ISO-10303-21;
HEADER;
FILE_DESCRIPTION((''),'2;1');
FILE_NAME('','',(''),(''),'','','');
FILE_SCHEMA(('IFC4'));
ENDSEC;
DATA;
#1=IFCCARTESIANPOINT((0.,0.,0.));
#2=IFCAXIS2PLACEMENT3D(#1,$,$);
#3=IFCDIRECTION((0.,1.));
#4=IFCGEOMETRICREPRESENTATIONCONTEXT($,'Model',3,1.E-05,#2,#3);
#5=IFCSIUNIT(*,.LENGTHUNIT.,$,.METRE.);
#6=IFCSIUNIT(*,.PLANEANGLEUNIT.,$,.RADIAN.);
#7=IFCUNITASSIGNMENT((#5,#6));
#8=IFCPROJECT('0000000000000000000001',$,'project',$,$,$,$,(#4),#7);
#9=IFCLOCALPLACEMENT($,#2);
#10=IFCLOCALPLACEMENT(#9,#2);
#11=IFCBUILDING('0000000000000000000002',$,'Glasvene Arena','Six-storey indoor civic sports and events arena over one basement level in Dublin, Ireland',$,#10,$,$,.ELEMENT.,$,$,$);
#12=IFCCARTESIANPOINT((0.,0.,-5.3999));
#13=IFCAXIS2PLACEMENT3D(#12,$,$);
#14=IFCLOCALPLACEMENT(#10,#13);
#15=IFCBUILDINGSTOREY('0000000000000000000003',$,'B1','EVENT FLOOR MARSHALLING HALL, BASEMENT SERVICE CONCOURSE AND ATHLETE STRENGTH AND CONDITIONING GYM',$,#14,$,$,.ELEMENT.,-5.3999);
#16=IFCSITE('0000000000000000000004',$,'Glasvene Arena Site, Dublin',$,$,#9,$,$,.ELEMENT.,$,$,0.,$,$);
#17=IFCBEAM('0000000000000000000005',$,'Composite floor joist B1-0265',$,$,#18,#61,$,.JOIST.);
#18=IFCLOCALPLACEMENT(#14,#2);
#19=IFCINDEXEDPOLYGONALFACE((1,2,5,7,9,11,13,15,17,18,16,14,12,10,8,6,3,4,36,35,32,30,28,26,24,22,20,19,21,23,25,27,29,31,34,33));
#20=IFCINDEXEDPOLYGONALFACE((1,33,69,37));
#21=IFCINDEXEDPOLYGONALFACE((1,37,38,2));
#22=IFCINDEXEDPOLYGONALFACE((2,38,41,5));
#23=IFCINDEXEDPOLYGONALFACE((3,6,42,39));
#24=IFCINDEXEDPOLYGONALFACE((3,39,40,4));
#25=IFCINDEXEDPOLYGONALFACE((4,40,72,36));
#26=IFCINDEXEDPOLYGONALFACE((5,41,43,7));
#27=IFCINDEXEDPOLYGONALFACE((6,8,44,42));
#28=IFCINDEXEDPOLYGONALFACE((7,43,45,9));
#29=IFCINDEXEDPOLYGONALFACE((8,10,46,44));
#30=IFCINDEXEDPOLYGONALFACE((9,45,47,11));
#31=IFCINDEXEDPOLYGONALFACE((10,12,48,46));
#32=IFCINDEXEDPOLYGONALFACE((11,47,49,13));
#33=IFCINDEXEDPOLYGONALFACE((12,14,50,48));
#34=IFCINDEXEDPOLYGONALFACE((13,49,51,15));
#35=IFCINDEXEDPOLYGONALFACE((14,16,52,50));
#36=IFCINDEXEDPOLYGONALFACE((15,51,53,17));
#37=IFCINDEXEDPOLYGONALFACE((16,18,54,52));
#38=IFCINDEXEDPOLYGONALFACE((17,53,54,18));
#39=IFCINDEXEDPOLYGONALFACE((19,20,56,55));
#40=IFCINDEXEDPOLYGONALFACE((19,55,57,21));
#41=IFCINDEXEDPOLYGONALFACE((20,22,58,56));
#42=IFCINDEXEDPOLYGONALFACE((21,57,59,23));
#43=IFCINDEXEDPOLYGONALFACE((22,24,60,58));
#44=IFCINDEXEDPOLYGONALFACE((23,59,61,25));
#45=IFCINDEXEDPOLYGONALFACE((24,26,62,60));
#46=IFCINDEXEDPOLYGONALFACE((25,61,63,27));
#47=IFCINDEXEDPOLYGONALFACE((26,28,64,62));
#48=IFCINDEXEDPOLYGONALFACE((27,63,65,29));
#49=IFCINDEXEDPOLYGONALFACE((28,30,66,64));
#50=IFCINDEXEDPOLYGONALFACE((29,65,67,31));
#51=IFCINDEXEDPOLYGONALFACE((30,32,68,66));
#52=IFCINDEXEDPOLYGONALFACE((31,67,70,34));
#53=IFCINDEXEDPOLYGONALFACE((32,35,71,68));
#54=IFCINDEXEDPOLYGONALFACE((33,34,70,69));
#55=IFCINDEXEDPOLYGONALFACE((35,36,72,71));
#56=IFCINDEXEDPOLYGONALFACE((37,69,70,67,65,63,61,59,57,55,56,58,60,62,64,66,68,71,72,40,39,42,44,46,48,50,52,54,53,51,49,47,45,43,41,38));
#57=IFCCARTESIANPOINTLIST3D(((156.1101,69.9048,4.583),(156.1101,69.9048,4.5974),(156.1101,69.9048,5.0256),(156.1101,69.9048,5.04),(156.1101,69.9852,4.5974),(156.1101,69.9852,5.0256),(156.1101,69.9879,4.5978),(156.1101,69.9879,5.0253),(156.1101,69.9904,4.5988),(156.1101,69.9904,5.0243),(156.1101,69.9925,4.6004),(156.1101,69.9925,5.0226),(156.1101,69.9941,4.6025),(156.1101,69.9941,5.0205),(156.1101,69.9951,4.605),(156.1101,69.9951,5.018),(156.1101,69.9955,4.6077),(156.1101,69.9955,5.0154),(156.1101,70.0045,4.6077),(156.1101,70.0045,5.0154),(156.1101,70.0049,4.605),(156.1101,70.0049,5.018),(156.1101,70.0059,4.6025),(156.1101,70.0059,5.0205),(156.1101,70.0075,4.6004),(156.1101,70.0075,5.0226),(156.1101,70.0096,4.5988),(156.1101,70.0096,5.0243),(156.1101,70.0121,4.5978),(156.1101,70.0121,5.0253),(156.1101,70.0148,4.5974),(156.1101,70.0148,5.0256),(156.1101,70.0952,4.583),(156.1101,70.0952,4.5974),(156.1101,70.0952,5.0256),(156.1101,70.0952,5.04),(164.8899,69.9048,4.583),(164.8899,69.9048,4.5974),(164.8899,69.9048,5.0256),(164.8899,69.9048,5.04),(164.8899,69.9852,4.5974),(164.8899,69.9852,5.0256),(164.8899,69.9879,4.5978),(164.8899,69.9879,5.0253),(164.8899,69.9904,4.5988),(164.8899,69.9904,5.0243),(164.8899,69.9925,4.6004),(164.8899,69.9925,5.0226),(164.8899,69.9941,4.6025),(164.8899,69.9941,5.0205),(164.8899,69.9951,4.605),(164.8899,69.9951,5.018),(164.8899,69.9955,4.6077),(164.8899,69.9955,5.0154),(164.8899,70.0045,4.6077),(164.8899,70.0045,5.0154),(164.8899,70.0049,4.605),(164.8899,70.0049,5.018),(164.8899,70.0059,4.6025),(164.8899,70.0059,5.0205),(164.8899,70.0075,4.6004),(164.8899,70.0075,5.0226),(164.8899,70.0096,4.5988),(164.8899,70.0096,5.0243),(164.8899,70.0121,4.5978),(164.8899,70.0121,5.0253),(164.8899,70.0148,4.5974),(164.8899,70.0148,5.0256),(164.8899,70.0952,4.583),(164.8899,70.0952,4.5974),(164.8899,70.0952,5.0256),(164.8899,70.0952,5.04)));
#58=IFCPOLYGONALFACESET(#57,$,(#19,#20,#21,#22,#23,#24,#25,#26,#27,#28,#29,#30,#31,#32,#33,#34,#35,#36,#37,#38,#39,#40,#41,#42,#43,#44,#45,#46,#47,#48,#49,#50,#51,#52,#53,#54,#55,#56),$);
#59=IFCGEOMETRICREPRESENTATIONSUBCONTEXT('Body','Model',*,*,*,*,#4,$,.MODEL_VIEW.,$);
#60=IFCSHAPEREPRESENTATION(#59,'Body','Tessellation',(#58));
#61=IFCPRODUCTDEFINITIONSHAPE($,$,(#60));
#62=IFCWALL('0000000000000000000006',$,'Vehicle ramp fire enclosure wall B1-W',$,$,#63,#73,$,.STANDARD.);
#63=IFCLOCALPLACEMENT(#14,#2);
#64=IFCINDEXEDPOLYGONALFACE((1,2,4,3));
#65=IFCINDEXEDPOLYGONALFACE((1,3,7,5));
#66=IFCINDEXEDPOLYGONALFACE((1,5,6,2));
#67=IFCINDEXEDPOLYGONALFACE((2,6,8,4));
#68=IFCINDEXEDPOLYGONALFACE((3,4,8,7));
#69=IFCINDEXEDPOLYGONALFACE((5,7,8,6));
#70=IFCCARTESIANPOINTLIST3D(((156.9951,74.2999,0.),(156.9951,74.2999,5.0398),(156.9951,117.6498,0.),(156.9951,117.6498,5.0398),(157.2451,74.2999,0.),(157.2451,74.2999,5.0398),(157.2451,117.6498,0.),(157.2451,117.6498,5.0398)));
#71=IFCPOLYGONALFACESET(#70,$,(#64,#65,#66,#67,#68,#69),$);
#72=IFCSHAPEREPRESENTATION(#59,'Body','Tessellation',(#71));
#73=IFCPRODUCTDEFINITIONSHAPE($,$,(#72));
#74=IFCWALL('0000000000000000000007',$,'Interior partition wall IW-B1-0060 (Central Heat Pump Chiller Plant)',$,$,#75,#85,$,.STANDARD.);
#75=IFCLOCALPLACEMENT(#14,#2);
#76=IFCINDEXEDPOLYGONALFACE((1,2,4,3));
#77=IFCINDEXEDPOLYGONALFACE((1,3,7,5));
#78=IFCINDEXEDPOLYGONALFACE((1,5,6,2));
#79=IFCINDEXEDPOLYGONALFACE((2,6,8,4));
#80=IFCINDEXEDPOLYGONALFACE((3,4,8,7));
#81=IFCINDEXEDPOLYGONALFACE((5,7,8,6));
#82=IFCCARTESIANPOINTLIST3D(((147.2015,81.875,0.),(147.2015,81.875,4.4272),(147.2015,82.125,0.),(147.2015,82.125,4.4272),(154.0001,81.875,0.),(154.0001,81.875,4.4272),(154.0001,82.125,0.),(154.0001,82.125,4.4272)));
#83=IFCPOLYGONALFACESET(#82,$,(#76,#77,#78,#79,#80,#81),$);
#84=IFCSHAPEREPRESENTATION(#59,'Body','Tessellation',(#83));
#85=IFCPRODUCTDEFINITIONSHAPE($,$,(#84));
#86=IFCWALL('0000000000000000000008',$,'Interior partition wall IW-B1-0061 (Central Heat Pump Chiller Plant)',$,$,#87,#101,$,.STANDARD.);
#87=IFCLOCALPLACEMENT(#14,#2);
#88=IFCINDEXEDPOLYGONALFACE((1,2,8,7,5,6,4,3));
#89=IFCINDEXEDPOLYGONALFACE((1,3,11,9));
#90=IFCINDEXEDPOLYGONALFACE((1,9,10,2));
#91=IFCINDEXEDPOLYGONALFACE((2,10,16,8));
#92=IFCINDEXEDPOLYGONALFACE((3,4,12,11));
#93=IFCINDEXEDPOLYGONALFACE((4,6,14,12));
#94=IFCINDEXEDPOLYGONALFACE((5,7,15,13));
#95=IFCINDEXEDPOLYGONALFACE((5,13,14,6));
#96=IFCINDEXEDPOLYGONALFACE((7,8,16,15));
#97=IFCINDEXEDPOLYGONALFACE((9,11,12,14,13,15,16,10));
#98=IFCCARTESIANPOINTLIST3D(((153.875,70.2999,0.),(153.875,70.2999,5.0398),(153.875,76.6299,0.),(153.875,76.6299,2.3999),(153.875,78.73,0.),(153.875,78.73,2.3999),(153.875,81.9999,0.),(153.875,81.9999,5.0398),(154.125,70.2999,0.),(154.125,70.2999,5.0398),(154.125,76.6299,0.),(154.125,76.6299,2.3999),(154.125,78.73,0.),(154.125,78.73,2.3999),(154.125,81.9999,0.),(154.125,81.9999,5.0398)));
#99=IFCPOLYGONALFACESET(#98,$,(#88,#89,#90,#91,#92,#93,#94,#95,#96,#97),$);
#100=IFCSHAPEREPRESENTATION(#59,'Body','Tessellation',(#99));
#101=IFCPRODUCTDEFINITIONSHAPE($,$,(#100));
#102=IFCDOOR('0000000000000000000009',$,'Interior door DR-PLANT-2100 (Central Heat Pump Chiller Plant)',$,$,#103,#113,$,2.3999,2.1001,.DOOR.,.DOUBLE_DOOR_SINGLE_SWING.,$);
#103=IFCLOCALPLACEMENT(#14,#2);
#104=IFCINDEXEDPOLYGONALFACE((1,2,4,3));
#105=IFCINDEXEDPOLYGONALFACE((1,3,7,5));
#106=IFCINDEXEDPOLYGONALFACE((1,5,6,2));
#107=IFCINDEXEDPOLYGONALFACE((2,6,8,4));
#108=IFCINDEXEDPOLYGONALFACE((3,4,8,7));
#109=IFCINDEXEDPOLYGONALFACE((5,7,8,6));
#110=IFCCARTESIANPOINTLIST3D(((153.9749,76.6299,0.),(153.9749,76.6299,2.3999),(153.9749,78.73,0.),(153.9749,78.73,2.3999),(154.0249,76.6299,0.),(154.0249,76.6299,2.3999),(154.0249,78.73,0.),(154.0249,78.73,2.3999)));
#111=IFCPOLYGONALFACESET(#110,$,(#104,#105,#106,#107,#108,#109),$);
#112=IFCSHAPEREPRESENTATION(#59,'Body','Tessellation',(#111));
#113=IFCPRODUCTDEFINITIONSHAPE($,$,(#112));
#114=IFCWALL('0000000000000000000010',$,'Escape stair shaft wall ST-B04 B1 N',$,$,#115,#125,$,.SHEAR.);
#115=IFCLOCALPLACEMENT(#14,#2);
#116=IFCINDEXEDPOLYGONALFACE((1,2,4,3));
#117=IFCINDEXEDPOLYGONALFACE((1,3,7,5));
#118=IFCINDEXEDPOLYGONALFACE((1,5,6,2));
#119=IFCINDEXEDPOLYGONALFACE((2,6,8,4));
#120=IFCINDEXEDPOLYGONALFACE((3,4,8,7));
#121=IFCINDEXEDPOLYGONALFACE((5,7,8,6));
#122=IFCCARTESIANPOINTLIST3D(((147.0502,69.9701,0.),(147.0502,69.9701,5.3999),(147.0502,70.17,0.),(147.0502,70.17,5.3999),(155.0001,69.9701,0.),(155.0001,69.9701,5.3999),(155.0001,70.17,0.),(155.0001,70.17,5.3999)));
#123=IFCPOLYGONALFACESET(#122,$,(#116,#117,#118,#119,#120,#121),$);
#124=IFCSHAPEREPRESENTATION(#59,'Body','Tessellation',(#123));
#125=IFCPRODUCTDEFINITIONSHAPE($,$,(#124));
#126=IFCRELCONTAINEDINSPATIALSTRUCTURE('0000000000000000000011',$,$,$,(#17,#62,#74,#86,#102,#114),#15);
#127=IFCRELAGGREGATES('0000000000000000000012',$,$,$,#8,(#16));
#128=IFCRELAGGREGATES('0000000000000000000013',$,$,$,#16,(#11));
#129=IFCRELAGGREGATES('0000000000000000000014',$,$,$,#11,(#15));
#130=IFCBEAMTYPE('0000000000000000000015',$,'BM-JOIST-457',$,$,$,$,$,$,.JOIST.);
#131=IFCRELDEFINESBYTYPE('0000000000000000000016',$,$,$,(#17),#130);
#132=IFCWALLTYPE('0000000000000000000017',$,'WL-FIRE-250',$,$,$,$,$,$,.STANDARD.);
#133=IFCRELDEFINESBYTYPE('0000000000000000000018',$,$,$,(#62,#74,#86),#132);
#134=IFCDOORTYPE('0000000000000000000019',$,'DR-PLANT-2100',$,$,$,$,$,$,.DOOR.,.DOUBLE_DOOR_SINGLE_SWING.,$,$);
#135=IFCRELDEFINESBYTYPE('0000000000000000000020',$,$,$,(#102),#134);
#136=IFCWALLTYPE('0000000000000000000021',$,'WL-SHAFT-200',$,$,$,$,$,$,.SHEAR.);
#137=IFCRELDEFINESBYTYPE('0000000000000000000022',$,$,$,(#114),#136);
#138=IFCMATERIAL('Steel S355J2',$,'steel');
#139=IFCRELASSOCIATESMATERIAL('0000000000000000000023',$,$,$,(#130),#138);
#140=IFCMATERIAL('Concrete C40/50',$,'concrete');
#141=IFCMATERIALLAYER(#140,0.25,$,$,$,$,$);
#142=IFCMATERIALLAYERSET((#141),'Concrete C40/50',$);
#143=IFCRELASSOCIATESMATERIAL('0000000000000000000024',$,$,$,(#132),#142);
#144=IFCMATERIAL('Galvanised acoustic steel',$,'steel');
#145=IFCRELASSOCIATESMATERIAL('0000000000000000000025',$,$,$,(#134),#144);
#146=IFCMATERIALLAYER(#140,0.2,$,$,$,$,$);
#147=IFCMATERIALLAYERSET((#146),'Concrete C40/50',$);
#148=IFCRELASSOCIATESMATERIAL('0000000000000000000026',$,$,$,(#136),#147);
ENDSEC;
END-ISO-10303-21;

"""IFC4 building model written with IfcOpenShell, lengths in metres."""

from ifc_helpers import new_model, si_unit, direction, frame, frame_2d, origin, origin_2d, place, context, subcontext, project, spatial, rectangle, i_section, extrude, material, layer, layer_set, material_profile, profile_set, type_object, element, fill, save


model = new_model("IFC4")

# Units and contexts
model_context = context("Model", 3, precision=1e-05, world=origin(), true_north=direction((0.0, 1.0)))
body_context = subcontext(model_context, "Body", "Model", "MODEL_VIEW")
ifc_project = project(units=[si_unit("LENGTHUNIT", "METRE"), si_unit("PLANEANGLEUNIT", "RADIAN")], contexts=[model_context])

# Site, building, storey
site_placement = place(None, origin())
site = spatial("IfcSite", under=ifc_project, at=site_placement, Name="Glasvene Arena Site, Dublin", CompositionType="ELEMENT", RefElevation=0.0)
building_placement = place(site_placement, origin())
building = spatial("IfcBuilding", under=site, at=building_placement, Name="Glasvene Arena", Description="Six-storey indoor civic sports and events arena over one basement level in Dublin, Ireland", CompositionType="ELEMENT")
storey_placement = place(building_placement, frame((0.0, 0.0, -5.3999)))
storey = spatial("IfcBuildingStorey", under=building, at=storey_placement, Name="B1", Description="EVENT FLOOR MARSHALLING HALL, BASEMENT SERVICE CONCOURSE AND ATHLETE STRENGTH AND CONDITIONING GYM", CompositionType="ELEMENT", Elevation=-5.3999)

# Shared definitions
ifc_material_1 = material(Name="Concrete C40/50", Category="concrete")

# Shared definitions
ifc_material_2 = material(Name="Steel S355J2", Category="steel")

# Beam
ifc_material_profile_1 = material_profile(ifc_material_2, i_section(OverallWidth=0.1904, OverallDepth=0.457, WebThickness=0.009, FlangeThickness=0.0144, FilletRadius=0.0103, at=origin_2d()), Name="UKB 457x191x74")
ifc_profile_set_1 = profile_set([ifc_material_profile_1], Name="Steel S355J2")
beam_type_1 = type_object("IfcBeamType", Name="BM-JOIST-457", PredefinedType="JOIST", material=ifc_profile_set_1)
for number, where, z_axis, x_axis, name in (
    (1, (156.1101, 70.0, 4.8115), (1.0, 0.0, 0.0), (0.0, 1.0, 0.0), "Composite floor joist B1-0265"),
):
    element("IfcBeam", number, at=place(storey_placement, frame(where, z_axis=z_axis, x_axis=x_axis)), inside=storey, type_object=beam_type_1, Name=name, PredefinedType="JOIST", context=body_context, shape_type="SweptSolid", body=[
        extrude(i_section(OverallWidth=0.1904, OverallDepth=0.457, WebThickness=0.009, FlangeThickness=0.0144, FilletRadius=0.0103, at=origin_2d()), origin(), (0.0, 0.0, 1.0), 8.7798),
    ])

# Walls
ifc_layer_1 = layer(ifc_material_1, 0.25)
ifc_layer_set_1 = layer_set([ifc_layer_1], Name="Concrete C40/50")
wall_type_1 = type_object("IfcWallType", Name="WL-FIRE-250", PredefinedType="STANDARD", material=ifc_layer_set_1)
wall_1_placement = place(storey_placement, frame((157.1201, 74.3, 0.0), z_axis=(0.0, 0.0, 1.0), x_axis=(0.0, 1.0, 0.0)))
element("IfcWall", 2, at=wall_1_placement, inside=storey, type_object=wall_type_1, Name="Vehicle ramp fire enclosure wall B1-W", PredefinedType="STANDARD", context=body_context, shape_type="SweptSolid", body=[
    extrude(rectangle(XDim=43.3499, YDim=0.25, at=frame_2d((21.6748, 0.0))), origin(), (0.0, 0.0, 1.0), 5.0398),
])
wall_2_placement = place(storey_placement, frame((147.2014, 82.0, 0.0), z_axis=(0.0, 0.0, 1.0), x_axis=(1.0, 0.0, 0.0)))
element("IfcWall", 3, at=wall_2_placement, inside=storey, type_object=wall_type_1, Name="Interior partition wall IW-B1-0060 (Central Heat Pump Chiller Plant)", PredefinedType="STANDARD", context=body_context, shape_type="SweptSolid", body=[
    extrude(rectangle(XDim=6.7986, YDim=0.25, at=frame_2d((3.3994, 0.0))), origin(), (0.0, 0.0, 1.0), 4.4272),
])

# Wall, opening, door
wall_3_placement = place(storey_placement, frame((154.0, 82.0, 0.0), z_axis=(0.0, 0.0, 1.0), x_axis=(0.0, -1.0, 0.0)))
wall_3 = element("IfcWall", 4, at=wall_3_placement, inside=storey, type_object=wall_type_1, Name="Interior partition wall IW-B1-0061 (Central Heat Pump Chiller Plant)", PredefinedType="STANDARD", context=body_context, shape_type="SweptSolid", body=[
    extrude(rectangle(XDim=11.7, YDim=0.25, at=frame_2d((5.8501, 0.0))), origin(), (0.0, 0.0, 1.0), 5.0398),
])
opening_placement = place(wall_3_placement, frame((3.27, 0.0, 0.0)))
opening = element("IfcOpeningElement", 5, at=opening_placement, cuts=wall_3, PredefinedType="OPENING", context=body_context, shape_type="SweptSolid", body=[
    extrude(rectangle(XDim=2.1001, YDim=2.3999, at=frame_2d((1.05, 1.2))), frame((0.0, 0.135, 0.0), z_axis=(0.0, -1.0, 0.0), x_axis=(1.0, 0.0, 0.0)), (0.0, 0.0, 1.0), 0.27),
])
ifc_material_3 = material(Name="Galvanised acoustic steel", Category="steel")
door_type = type_object("IfcDoorType", Name="DR-PLANT-2100", OperationType="DOUBLE_DOOR_SINGLE_SWING", PredefinedType="DOOR", material=ifc_material_3)
door_placement = place(opening_placement, origin())
door = element("IfcDoor", 6, at=door_placement, inside=storey, type_object=door_type, Name="Interior door DR-PLANT-2100 (Central Heat Pump Chiller Plant)", OperationType="DOUBLE_DOOR_SINGLE_SWING", OverallHeight=2.3999, OverallWidth=2.1001, PredefinedType="DOOR", context=body_context, shape_type="SweptSolid", body=[
    extrude(rectangle(XDim=2.1001, YDim=2.3999, at=frame_2d((1.05, 1.2))), frame((0.0, 0.0249, 0.0), z_axis=(0.0, -1.0, 0.0), x_axis=(1.0, 0.0, 0.0)), (0.0, 0.0, 1.0), 0.05),
])
fill(opening, door)

# Wall
ifc_layer_2 = layer(ifc_material_1, 0.2)
ifc_layer_set_2 = layer_set([ifc_layer_2], Name="Concrete C40/50")
wall_type_2 = type_object("IfcWallType", Name="WL-SHAFT-200", PredefinedType="SHEAR", material=ifc_layer_set_2)
wall_4_placement = place(storey_placement, frame((147.05, 70.0701, 0.0), z_axis=(0.0, 0.0, 1.0), x_axis=(1.0, 0.0, 0.0)))
element("IfcWall", 7, at=wall_4_placement, inside=storey, type_object=wall_type_2, Name="Escape stair shaft wall ST-B04 B1 N", PredefinedType="SHEAR", context=body_context, shape_type="SweptSolid", body=[
    extrude(rectangle(XDim=7.95, YDim=0.2, at=frame_2d((3.9751, 0.0))), origin(), (0.0, 0.0, 1.0), 5.3999),
])

save(model, "model.ifc")
